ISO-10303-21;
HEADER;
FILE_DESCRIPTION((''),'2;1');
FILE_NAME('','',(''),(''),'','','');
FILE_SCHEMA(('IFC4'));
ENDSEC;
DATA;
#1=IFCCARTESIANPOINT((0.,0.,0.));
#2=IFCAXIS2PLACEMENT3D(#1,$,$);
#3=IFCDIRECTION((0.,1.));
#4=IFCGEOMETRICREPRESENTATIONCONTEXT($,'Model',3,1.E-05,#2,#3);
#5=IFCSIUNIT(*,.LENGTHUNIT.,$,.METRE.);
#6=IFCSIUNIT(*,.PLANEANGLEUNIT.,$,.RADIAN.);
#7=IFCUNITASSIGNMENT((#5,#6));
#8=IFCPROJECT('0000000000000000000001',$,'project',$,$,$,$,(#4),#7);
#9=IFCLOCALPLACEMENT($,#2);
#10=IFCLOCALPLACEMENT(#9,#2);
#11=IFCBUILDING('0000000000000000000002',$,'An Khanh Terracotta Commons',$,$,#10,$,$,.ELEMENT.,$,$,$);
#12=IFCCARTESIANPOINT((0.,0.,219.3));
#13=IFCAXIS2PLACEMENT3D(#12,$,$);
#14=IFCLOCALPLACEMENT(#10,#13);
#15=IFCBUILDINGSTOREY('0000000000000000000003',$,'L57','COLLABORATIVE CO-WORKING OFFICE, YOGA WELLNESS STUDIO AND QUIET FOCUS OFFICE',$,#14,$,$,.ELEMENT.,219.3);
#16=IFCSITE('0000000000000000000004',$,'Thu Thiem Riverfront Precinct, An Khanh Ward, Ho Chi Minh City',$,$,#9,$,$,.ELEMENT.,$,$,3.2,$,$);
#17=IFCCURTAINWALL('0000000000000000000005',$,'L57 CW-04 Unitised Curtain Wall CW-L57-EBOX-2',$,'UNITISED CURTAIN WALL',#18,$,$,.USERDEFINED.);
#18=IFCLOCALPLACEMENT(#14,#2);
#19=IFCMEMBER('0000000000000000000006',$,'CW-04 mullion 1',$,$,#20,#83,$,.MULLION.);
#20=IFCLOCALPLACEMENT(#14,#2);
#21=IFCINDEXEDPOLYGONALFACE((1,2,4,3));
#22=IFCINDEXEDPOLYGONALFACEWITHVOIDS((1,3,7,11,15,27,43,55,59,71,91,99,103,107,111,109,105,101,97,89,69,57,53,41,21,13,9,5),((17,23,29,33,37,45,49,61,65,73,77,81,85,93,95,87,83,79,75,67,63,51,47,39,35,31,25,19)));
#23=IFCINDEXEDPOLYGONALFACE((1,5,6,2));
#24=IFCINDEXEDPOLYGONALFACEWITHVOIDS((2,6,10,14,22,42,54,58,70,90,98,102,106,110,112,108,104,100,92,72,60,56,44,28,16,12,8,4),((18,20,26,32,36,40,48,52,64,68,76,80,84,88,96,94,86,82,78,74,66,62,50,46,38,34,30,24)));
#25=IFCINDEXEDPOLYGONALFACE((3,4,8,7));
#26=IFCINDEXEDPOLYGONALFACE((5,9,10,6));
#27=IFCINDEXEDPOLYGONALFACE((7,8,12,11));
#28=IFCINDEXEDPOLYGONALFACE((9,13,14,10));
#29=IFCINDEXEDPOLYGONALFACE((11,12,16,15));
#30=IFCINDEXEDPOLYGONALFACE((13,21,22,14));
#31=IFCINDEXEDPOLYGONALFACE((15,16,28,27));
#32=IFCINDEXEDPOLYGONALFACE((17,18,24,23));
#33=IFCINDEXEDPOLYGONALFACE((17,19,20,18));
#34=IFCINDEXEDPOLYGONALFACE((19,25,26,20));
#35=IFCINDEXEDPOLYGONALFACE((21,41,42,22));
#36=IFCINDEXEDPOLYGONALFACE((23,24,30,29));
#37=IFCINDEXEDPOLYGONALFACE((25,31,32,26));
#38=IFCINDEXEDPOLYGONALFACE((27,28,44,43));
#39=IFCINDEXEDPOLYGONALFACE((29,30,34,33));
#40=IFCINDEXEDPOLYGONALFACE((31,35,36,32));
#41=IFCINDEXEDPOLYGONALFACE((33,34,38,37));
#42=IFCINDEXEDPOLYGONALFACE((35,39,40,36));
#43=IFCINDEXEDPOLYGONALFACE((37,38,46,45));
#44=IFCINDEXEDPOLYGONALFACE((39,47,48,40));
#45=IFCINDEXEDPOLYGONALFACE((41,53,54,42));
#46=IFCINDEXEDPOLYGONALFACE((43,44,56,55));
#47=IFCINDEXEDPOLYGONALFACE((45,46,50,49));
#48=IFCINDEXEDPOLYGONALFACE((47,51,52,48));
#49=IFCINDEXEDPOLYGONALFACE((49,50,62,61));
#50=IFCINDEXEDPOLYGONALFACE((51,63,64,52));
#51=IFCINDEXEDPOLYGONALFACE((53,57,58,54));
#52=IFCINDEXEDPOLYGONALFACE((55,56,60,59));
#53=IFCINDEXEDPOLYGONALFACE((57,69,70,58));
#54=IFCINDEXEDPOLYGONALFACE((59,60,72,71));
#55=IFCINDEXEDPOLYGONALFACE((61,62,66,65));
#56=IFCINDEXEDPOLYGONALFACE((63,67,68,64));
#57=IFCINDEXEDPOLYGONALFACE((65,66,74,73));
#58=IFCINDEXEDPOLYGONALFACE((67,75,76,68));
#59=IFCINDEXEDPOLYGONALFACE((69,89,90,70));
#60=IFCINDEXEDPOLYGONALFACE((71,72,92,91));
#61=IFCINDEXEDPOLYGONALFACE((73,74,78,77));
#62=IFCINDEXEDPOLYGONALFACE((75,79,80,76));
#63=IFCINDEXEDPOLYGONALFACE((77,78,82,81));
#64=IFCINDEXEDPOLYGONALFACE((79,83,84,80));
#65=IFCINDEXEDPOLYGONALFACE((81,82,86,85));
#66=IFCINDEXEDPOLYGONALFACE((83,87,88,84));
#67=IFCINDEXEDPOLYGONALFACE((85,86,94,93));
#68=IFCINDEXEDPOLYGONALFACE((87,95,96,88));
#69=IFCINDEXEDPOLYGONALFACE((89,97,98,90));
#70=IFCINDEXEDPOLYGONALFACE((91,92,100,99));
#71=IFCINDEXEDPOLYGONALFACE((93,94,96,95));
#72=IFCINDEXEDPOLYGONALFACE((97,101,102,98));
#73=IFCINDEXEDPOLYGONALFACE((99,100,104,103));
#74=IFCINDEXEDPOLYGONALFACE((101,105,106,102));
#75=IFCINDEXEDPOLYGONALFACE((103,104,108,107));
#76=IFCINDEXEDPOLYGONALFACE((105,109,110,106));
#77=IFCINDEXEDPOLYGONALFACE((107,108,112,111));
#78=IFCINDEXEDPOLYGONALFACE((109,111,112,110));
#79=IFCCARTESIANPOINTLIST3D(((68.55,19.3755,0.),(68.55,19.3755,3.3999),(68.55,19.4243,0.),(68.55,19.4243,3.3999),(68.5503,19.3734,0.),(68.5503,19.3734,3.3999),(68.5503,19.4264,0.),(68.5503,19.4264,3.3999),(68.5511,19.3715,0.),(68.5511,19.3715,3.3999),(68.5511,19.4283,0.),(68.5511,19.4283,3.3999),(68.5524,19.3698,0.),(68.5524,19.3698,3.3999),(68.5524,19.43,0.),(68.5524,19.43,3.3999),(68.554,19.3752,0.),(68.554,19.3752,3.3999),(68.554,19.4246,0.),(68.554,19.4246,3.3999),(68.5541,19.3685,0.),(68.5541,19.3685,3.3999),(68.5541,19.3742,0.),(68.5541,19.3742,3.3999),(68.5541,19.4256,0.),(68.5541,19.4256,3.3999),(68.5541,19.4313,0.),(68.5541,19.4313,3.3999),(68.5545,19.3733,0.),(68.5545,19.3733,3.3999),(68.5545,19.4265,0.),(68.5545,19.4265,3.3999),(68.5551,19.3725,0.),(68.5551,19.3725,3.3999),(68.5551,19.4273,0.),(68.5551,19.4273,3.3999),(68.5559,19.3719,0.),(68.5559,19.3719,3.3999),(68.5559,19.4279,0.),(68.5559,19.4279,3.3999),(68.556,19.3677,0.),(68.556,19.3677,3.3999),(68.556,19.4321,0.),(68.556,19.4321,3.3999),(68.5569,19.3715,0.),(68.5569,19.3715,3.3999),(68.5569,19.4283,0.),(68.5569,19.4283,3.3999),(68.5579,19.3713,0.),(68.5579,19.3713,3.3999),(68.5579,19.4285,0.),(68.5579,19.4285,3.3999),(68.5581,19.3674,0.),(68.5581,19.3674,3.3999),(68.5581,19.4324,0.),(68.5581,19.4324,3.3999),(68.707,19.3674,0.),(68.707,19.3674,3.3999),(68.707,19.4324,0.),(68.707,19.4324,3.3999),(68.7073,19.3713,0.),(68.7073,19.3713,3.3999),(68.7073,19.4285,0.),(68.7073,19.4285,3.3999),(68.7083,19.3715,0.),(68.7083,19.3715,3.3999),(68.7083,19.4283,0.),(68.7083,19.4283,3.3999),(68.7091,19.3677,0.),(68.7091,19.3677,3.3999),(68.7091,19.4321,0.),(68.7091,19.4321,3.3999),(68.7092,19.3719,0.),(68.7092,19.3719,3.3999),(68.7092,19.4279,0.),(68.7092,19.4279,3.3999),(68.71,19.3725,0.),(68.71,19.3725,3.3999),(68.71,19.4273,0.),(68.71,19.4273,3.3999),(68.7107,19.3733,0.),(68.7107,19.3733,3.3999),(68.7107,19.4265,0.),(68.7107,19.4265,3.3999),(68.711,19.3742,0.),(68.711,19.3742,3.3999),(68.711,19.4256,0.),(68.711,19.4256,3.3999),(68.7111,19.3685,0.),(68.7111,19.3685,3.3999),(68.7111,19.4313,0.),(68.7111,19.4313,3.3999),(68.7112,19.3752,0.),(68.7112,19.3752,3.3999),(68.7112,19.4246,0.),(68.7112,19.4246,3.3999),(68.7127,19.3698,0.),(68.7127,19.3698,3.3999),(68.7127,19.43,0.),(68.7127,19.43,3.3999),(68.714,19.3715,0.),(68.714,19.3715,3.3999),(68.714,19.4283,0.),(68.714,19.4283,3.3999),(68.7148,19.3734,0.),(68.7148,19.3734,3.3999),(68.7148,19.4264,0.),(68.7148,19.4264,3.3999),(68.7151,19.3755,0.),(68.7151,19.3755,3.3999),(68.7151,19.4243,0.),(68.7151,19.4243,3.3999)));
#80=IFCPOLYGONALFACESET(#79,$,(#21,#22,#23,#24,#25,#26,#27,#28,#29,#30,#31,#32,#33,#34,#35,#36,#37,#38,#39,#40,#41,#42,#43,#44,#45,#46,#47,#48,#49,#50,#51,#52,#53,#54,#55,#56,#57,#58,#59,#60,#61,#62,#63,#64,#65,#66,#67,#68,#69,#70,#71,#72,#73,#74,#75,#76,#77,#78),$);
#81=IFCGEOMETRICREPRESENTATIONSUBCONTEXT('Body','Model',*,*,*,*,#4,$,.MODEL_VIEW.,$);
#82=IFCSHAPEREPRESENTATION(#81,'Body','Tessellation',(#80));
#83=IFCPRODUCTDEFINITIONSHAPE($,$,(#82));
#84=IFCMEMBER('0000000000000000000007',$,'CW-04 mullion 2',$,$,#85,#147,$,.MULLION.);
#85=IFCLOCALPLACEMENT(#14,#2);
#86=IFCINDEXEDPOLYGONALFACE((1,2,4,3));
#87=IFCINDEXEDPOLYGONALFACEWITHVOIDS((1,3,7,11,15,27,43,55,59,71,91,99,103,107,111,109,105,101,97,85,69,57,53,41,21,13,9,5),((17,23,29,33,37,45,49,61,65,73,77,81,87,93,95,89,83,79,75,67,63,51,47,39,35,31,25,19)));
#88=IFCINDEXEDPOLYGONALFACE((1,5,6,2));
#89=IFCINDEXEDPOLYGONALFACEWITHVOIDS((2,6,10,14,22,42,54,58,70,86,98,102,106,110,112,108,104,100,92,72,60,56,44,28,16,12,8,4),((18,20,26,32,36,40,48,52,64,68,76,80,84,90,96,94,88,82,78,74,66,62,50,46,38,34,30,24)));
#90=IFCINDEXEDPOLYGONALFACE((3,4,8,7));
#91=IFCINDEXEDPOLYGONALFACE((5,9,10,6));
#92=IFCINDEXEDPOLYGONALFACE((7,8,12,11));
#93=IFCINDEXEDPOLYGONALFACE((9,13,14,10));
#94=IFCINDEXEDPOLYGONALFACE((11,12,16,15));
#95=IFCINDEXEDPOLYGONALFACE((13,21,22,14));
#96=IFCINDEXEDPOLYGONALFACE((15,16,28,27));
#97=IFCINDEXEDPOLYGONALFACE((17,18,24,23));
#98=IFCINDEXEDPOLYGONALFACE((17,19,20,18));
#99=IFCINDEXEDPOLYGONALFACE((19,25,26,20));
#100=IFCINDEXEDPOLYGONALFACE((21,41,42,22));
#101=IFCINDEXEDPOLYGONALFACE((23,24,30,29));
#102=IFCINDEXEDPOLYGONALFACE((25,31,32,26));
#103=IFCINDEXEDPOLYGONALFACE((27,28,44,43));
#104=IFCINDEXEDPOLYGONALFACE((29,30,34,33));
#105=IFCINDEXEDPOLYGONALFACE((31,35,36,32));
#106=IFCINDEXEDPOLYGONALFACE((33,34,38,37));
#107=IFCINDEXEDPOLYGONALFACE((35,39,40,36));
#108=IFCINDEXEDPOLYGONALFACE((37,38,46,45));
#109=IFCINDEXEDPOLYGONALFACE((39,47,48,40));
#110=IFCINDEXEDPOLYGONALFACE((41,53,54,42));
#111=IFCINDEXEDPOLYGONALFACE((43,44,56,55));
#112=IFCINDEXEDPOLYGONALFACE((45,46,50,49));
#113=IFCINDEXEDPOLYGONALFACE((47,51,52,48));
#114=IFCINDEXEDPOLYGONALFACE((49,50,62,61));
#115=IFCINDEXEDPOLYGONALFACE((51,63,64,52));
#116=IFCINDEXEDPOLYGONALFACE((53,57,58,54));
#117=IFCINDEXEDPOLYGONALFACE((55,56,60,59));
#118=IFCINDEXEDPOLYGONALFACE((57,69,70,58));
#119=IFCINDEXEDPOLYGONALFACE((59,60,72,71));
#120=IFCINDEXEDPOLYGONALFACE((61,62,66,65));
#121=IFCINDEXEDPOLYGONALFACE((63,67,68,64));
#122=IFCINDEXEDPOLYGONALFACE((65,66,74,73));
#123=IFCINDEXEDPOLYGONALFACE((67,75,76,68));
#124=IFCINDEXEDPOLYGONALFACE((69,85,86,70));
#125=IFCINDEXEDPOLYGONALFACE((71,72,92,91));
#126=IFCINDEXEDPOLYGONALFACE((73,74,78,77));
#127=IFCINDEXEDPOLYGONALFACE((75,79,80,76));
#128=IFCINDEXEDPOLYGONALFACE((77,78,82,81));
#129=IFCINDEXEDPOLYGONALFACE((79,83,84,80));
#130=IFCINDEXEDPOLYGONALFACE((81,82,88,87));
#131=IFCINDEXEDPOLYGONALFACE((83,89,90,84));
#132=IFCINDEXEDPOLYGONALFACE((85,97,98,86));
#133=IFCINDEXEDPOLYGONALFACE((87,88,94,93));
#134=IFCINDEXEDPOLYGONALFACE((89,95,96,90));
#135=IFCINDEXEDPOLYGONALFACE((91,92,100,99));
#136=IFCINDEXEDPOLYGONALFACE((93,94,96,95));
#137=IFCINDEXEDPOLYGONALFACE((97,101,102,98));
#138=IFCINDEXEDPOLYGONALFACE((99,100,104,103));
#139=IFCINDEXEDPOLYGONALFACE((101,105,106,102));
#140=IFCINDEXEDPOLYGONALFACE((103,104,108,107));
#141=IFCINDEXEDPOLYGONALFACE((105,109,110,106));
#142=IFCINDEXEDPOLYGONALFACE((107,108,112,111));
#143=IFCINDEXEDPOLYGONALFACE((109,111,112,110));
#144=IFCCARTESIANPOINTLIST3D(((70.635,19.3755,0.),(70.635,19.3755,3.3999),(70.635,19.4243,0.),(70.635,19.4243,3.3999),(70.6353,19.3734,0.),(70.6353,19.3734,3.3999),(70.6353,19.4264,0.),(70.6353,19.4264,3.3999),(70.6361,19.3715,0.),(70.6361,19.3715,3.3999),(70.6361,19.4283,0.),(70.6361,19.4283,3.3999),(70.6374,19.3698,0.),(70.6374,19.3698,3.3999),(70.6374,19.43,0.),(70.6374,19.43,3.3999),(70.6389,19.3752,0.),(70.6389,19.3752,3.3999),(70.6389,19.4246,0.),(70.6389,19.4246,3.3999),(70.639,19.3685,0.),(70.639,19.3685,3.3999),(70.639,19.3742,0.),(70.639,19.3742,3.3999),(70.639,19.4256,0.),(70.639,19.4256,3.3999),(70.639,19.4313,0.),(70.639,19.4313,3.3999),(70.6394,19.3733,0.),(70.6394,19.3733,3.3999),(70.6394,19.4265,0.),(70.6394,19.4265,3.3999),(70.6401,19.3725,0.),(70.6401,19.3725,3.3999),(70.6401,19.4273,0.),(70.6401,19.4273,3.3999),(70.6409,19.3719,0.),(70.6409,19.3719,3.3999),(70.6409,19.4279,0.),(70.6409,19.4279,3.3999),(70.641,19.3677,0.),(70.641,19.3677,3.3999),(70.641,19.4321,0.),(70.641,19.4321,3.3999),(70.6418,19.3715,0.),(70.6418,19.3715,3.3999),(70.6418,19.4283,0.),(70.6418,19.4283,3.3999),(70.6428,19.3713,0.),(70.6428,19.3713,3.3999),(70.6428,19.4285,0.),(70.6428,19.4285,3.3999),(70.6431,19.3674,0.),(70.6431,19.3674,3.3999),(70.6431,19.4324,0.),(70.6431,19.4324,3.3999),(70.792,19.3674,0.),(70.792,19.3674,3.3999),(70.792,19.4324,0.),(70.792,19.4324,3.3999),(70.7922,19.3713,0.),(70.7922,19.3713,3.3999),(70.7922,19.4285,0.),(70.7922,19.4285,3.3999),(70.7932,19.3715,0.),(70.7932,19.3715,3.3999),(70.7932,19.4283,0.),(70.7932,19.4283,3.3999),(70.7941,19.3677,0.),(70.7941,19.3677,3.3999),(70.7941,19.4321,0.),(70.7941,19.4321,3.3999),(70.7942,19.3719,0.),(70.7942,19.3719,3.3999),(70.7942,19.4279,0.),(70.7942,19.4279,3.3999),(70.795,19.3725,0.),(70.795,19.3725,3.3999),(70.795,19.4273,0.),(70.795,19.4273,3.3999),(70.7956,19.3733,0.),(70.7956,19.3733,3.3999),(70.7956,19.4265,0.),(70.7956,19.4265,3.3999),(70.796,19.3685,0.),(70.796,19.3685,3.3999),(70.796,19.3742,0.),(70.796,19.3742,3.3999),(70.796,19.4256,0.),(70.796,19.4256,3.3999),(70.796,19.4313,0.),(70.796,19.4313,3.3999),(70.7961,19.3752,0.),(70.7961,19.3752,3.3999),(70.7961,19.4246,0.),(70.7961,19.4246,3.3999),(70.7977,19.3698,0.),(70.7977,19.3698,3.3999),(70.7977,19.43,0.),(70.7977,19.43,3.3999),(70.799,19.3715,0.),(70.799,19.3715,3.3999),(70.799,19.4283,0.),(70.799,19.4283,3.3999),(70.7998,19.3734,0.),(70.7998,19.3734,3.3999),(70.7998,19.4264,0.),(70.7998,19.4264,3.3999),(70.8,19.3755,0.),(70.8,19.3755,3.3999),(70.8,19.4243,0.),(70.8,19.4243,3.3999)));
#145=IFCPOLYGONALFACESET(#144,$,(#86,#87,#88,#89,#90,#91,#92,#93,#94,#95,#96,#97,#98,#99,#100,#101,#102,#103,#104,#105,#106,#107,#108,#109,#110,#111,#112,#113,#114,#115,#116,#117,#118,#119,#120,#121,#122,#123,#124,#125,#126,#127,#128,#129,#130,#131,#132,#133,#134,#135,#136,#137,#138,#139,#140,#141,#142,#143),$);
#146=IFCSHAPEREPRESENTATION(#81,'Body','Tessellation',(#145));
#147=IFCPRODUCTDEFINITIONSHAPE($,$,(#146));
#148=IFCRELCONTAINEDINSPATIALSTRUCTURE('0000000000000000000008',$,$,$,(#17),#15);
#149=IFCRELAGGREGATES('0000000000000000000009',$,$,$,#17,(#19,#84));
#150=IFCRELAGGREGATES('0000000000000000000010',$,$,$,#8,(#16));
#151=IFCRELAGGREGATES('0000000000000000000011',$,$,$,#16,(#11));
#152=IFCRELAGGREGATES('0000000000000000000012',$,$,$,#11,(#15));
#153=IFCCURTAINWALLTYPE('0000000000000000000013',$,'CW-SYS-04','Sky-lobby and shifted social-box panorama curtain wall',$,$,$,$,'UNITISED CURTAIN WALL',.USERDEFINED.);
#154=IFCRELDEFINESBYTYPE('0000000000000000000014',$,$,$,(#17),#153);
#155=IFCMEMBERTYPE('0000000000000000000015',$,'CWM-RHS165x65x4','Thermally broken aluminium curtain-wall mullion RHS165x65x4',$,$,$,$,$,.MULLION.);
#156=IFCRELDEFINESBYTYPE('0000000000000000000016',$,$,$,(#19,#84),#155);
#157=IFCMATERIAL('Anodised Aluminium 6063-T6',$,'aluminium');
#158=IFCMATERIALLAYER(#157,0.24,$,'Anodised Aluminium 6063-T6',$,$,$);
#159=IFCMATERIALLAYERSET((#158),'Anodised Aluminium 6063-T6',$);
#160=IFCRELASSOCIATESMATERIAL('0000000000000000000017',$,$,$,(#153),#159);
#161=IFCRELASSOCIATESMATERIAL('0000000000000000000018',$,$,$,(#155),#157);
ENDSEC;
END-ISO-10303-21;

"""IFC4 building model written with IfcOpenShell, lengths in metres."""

from ifc_helpers import new_model, si_unit, direction, frame, origin, origin_2d, place, context, subcontext, project, spatial, hollow_rectangle, extrude, material, layer, layer_set, material_profile, profile_set, type_object, element, aggregate, save


model = new_model("IFC4")

# Units and contexts
model_context = context("Model", 3, precision=1e-05, world=origin(), true_north=direction((0.0, 1.0)))
body_context = subcontext(model_context, "Body", "Model", "MODEL_VIEW")
ifc_project = project(units=[si_unit("LENGTHUNIT", "METRE"), si_unit("PLANEANGLEUNIT", "RADIAN")], contexts=[model_context])

# Site, building, storey
site_placement = place(None, origin())
site = spatial("IfcSite", under=ifc_project, at=site_placement, Name="Thu Thiem Riverfront Precinct, An Khanh Ward, Ho Chi Minh City", CompositionType="ELEMENT", RefElevation=3.2)
building_placement = place(site_placement, origin())
building = spatial("IfcBuilding", under=site, at=building_placement, Name="An Khanh Terracotta Commons", CompositionType="ELEMENT")
storey_placement = place(building_placement, frame((0.0, 0.0, 219.3)))
storey = spatial("IfcBuildingStorey", under=building, at=storey_placement, Name="L57", Description="COLLABORATIVE CO-WORKING OFFICE, YOGA WELLNESS STUDIO AND QUIET FOCUS OFFICE", CompositionType="ELEMENT", Elevation=219.3)

# Curtain wall, members
ifc_material_1 = material(Name="Anodised Aluminium 6063-T6", Category="aluminium")
ifc_layer_1 = layer(ifc_material_1, 0.24, Name="Anodised Aluminium 6063-T6")
ifc_layer_set_1 = layer_set([ifc_layer_1], Name="Anodised Aluminium 6063-T6")
curtain_wall_type_1 = type_object("IfcCurtainWallType", Name="CW-SYS-04", Description="Sky-lobby and shifted social-box panorama curtain wall", ElementType="UNITISED CURTAIN WALL", PredefinedType="USERDEFINED", material=ifc_layer_set_1)
ifc_material_profile_1 = material_profile(ifc_material_1, hollow_rectangle(XDim=0.0649, YDim=0.165, WallThickness=0.0039, InnerFilletRadius=0.0039, OuterFilletRadius=0.0081, at=origin_2d()), Name="RHS165x65x4")
ifc_profile_set_1 = profile_set([ifc_material_profile_1], Name="Anodised Aluminium 6063-T6")
member_type_1 = type_object("IfcMemberType", Name="CWM-RHS165x65x4", Description="Thermally broken aluminium curtain-wall mullion RHS165x65x4", PredefinedType="MULLION", material=ifc_profile_set_1)
curtain_wall_1_placement = place(storey_placement, origin())
curtain_wall_1 = element("IfcCurtainWall", 1, at=curtain_wall_1_placement, inside=storey, type_object=curtain_wall_type_1, Name="L57 CW-04 Unitised Curtain Wall CW-L57-EBOX-2", ObjectType="UNITISED CURTAIN WALL", PredefinedType="USERDEFINED")
member_1_placement = place(storey_placement, frame((68.6326, 19.3999, 0.0), z_axis=(0.0, 0.0, 1.0), x_axis=(0.0, 1.0, 0.0)))
member_1 = element("IfcMember", 2, at=member_1_placement, type_object=member_type_1, Name="CW-04 mullion 1", PredefinedType="MULLION", context=body_context, shape_type="SweptSolid", body=[
    extrude(hollow_rectangle(XDim=0.0649, YDim=0.165, WallThickness=0.0039, InnerFilletRadius=0.0039, OuterFilletRadius=0.0081, at=origin_2d()), origin(), (0.0, 0.0, 1.0), 3.3999),
])
member_2_placement = place(storey_placement, frame((70.7175, 19.3999, 0.0), z_axis=(0.0, 0.0, 1.0), x_axis=(0.0, 1.0, 0.0)))
member_2 = element("IfcMember", 3, at=member_2_placement, type_object=member_type_1, Name="CW-04 mullion 2", PredefinedType="MULLION", context=body_context, shape_type="SweptSolid", body=[
    extrude(hollow_rectangle(XDim=0.0649, YDim=0.165, WallThickness=0.0039, InnerFilletRadius=0.0039, OuterFilletRadius=0.0081, at=origin_2d()), origin(), (0.0, 0.0, 1.0), 3.3999),
])

aggregate(curtain_wall_1, [member_1, member_2])

save(model, "model.ifc")
